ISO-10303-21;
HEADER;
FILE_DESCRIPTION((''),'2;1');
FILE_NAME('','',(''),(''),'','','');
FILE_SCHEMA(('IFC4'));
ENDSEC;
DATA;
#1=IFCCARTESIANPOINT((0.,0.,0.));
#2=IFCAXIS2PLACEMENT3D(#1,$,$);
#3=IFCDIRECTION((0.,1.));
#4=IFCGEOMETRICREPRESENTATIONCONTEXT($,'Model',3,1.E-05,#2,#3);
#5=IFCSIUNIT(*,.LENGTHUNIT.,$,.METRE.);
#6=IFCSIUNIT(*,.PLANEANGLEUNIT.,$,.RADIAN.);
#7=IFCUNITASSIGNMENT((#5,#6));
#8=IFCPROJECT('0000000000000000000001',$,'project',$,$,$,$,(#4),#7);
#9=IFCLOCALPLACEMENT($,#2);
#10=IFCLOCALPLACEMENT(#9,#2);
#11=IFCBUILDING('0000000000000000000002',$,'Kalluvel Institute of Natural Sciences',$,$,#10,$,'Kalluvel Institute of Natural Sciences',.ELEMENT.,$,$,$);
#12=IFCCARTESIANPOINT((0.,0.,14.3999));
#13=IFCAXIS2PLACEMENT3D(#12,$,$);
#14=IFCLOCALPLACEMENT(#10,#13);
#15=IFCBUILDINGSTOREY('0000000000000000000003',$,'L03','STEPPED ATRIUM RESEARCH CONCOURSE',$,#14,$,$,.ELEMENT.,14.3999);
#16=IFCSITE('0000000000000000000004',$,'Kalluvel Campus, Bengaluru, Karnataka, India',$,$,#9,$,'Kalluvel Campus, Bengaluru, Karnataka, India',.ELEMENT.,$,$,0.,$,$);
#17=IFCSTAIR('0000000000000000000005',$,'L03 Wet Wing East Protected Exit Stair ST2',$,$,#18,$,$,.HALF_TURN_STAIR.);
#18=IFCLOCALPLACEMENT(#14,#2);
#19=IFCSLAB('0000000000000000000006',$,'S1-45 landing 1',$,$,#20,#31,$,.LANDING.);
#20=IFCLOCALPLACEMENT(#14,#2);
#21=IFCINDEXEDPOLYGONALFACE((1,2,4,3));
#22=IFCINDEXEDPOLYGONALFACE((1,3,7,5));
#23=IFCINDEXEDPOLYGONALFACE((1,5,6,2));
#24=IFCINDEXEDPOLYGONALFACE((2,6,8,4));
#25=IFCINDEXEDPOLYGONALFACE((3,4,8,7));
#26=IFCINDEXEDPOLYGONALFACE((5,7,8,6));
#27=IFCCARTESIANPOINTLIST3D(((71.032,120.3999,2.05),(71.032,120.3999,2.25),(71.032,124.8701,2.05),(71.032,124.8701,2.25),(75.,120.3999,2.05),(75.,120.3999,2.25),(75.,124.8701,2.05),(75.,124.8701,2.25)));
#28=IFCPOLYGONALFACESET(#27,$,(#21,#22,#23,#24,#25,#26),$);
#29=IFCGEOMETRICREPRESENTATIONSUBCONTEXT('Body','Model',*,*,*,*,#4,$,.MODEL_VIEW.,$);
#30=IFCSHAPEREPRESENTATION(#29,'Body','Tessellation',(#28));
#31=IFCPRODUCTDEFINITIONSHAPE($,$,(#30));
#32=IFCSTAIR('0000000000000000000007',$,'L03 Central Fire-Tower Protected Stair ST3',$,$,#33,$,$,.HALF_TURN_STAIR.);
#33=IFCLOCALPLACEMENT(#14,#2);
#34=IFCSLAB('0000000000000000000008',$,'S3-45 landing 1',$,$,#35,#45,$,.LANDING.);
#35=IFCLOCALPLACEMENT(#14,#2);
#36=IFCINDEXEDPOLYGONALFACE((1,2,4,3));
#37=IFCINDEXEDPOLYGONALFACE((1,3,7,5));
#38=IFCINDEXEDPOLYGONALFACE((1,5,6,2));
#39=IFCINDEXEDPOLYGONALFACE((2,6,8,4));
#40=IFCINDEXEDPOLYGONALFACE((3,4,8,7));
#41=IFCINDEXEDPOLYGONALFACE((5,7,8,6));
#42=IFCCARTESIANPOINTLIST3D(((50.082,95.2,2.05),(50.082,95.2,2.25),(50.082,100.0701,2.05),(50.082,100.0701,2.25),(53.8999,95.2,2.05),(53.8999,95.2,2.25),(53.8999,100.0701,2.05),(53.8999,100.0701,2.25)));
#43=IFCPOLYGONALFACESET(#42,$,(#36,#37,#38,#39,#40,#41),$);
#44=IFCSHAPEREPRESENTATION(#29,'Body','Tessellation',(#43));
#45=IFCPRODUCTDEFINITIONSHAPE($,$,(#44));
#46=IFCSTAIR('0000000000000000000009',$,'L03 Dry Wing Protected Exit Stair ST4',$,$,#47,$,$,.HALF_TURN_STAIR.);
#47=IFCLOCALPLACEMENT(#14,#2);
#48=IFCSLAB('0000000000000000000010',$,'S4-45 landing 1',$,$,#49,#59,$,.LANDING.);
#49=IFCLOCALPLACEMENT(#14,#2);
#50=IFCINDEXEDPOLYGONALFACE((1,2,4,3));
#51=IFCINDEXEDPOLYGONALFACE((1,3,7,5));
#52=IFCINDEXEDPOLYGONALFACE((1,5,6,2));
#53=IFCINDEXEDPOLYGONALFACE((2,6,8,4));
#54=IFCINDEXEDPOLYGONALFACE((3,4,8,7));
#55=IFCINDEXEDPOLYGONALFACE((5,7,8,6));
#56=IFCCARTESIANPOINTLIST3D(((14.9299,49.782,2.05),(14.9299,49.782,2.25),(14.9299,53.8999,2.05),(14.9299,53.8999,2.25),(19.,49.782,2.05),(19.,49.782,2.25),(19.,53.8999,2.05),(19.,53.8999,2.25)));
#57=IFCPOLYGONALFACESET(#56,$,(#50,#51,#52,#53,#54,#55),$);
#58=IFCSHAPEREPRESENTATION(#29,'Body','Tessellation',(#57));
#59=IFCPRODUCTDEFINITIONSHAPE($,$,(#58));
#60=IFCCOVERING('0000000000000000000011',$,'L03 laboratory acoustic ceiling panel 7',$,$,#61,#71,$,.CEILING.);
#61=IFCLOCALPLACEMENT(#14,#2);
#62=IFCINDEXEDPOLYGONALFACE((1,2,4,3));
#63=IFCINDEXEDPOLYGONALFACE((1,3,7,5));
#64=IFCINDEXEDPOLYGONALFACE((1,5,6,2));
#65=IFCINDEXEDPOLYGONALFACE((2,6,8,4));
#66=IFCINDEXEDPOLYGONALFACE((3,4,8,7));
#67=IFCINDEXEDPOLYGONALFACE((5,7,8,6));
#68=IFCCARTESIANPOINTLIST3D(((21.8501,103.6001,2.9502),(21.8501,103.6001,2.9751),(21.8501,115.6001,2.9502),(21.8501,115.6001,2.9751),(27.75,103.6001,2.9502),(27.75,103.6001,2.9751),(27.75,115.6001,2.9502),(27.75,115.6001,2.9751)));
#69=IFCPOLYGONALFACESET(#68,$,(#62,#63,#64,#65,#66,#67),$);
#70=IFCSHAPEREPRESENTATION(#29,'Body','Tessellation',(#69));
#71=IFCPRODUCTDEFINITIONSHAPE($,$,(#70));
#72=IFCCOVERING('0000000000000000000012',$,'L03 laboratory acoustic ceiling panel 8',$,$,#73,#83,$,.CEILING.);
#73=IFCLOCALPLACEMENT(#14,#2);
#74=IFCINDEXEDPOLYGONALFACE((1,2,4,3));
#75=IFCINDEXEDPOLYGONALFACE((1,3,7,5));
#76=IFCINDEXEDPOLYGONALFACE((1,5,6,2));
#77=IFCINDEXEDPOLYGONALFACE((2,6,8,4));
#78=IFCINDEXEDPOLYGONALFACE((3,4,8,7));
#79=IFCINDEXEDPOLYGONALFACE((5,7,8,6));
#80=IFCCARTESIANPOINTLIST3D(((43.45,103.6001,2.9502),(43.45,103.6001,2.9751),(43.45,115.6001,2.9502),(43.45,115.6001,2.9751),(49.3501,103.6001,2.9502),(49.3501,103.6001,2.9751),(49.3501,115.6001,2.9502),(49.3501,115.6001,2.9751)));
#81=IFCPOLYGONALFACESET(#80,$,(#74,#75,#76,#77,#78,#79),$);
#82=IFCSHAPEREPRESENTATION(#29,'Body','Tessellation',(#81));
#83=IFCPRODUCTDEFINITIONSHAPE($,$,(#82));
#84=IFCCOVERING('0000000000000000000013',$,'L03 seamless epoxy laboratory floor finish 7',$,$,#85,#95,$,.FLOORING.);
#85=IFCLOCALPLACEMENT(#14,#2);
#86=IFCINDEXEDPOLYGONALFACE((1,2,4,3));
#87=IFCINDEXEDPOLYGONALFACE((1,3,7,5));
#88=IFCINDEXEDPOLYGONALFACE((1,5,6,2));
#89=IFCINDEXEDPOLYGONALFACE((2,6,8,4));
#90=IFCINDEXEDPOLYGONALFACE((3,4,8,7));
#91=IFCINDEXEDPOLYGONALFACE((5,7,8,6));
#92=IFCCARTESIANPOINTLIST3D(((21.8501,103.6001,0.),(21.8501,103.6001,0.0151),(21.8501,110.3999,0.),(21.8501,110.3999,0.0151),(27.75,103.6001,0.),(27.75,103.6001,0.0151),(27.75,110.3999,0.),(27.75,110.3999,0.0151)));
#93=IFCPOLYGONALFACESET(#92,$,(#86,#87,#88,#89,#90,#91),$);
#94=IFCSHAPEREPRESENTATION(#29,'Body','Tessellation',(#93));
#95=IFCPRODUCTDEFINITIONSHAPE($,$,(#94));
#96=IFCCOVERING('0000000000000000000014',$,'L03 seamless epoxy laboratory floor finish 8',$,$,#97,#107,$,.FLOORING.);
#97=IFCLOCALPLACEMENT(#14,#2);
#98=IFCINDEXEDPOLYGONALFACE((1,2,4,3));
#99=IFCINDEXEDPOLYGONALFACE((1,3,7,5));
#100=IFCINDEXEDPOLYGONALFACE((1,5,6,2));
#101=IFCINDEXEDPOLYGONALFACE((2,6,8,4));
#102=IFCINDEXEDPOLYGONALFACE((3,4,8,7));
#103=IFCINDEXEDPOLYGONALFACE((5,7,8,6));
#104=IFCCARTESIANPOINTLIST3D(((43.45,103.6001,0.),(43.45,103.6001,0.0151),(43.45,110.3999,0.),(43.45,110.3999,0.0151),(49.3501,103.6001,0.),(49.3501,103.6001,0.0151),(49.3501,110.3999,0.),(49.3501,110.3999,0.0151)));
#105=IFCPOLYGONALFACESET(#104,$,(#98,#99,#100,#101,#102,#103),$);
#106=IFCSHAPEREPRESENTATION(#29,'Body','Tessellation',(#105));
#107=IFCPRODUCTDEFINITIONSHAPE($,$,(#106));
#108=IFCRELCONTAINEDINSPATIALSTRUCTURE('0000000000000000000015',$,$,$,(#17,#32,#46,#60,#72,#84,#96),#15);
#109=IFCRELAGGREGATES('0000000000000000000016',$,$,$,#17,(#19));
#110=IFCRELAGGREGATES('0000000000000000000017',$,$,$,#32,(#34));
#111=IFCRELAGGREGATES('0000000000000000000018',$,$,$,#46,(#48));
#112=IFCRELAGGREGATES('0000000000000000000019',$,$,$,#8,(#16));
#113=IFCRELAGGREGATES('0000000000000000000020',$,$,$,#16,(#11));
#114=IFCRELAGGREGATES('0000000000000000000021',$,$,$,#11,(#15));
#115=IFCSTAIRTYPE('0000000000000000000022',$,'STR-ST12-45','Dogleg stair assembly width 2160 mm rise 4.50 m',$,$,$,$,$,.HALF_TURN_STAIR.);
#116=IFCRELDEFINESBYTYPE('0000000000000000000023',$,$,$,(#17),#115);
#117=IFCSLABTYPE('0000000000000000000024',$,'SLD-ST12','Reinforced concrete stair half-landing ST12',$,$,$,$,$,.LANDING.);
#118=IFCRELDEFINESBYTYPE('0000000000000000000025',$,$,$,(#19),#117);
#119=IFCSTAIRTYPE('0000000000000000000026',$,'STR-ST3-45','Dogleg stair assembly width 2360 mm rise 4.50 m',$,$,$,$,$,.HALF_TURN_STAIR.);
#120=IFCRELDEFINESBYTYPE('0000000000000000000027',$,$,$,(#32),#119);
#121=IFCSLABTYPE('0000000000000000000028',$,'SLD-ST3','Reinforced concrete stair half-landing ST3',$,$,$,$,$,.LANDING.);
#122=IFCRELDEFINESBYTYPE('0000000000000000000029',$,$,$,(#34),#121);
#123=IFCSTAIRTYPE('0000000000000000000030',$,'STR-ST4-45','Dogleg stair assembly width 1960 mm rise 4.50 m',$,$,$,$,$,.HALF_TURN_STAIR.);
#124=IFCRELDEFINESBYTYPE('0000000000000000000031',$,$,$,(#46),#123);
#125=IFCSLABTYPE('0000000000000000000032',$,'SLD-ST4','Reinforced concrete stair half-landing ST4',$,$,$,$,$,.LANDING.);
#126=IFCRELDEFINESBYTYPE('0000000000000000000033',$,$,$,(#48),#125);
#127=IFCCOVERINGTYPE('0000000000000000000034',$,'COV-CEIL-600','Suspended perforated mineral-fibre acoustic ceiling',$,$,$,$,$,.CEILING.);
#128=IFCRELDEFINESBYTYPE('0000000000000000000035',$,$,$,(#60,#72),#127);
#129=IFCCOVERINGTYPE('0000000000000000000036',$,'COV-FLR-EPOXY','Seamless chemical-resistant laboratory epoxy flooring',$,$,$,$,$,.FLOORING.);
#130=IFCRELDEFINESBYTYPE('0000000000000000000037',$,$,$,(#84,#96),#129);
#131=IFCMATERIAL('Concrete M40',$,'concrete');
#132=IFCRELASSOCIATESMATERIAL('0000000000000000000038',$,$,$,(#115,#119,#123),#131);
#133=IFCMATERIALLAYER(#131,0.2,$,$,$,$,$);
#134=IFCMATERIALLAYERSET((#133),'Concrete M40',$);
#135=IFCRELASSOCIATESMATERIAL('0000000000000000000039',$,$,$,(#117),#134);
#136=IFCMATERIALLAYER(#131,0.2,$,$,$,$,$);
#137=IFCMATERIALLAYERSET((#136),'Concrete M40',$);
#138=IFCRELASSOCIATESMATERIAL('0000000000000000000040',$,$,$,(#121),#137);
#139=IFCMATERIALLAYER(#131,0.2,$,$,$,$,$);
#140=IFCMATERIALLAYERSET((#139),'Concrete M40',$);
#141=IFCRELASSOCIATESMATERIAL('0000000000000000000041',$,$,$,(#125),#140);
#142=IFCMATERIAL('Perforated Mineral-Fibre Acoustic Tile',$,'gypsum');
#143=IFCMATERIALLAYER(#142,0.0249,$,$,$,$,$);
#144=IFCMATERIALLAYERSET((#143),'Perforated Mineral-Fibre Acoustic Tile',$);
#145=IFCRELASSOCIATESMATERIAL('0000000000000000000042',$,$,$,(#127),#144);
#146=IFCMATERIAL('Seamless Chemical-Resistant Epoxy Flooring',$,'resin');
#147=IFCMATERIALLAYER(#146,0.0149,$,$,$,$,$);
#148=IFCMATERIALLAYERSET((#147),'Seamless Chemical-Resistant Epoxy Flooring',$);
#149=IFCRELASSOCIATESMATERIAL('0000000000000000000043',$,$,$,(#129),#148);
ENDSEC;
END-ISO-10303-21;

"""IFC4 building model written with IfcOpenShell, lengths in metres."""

from ifc_helpers import new_model, si_unit, direction, frame, origin, place, context, subcontext, project, spatial, polyline, outline, extrude, material, layer, layer_set, type_object, element, aggregate, save


model = new_model("IFC4")

# Units and contexts
model_context = context("Model", 3, precision=1e-05, world=origin(), true_north=direction((0.0, 1.0)))
body_context = subcontext(model_context, "Body", "Model", "MODEL_VIEW")
ifc_project = project(units=[si_unit("LENGTHUNIT", "METRE"), si_unit("PLANEANGLEUNIT", "RADIAN")], contexts=[model_context])

# Site, building, storey
site_placement = place(None, origin())
site = spatial("IfcSite", under=ifc_project, at=site_placement, Name="Kalluvel Campus, Bengaluru, Karnataka, India", LongName="Kalluvel Campus, Bengaluru, Karnataka, India", CompositionType="ELEMENT", RefElevation=0.0)
building_placement = place(site_placement, origin())
building = spatial("IfcBuilding", under=site, at=building_placement, Name="Kalluvel Institute of Natural Sciences", LongName="Kalluvel Institute of Natural Sciences", CompositionType="ELEMENT")
storey_placement = place(building_placement, frame((0.0, 0.0, 14.3999)))
storey = spatial("IfcBuildingStorey", under=building, at=storey_placement, Name="L03", Description="STEPPED ATRIUM RESEARCH CONCOURSE", CompositionType="ELEMENT", Elevation=14.3999)

# Shared definitions
ifc_material_1 = material(Name="Concrete M40", Category="concrete")

# Stairs, slabs
stair_type_1 = type_object("IfcStairType", Name="STR-ST12-45", Description="Dogleg stair assembly width 2160 mm rise 4.50 m", PredefinedType="HALF_TURN_STAIR", material=ifc_material_1)
ifc_layer_1 = layer(ifc_material_1, 0.2)
ifc_layer_set_1 = layer_set([ifc_layer_1], Name="Concrete M40")
slab_type_1 = type_object("IfcSlabType", Name="SLD-ST12", Description="Reinforced concrete stair half-landing ST12", PredefinedType="LANDING", material=ifc_layer_set_1)
stair_1_placement = place(storey_placement, origin())
stair_1 = element("IfcStair", 1, at=stair_1_placement, inside=storey, type_object=stair_type_1, Name="L03 Wet Wing East Protected Exit Stair ST2", PredefinedType="HALF_TURN_STAIR")
slab_1_placement = place(storey_placement, frame((0.0, 0.0, 2.05)))
slab_1 = element("IfcSlab", 2, at=slab_1_placement, type_object=slab_type_1, Name="S1-45 landing 1", PredefinedType="LANDING", context=body_context, shape_type="SweptSolid", body=[
    extrude(outline(polyline([(71.032, 120.3999), (75.0, 120.3999), (75.0, 124.8701), (71.032, 124.8701), (71.032, 120.3999)])), origin(), (0.0, 0.0, 1.0), 0.2),
])
aggregate(stair_1, [slab_1])
stair_type_2 = type_object("IfcStairType", Name="STR-ST3-45", Description="Dogleg stair assembly width 2360 mm rise 4.50 m", PredefinedType="HALF_TURN_STAIR", material=ifc_material_1)
stair_2_placement = place(storey_placement, origin())
stair_2 = element("IfcStair", 3, at=stair_2_placement, inside=storey, type_object=stair_type_2, Name="L03 Central Fire-Tower Protected Stair ST3", PredefinedType="HALF_TURN_STAIR")
ifc_layer_2 = layer(ifc_material_1, 0.2)
ifc_layer_set_2 = layer_set([ifc_layer_2], Name="Concrete M40")
slab_type_2 = type_object("IfcSlabType", Name="SLD-ST3", Description="Reinforced concrete stair half-landing ST3", PredefinedType="LANDING", material=ifc_layer_set_2)
slab_2_placement = place(storey_placement, frame((0.0, 0.0, 2.05)))
slab_2 = element("IfcSlab", 4, at=slab_2_placement, type_object=slab_type_2, Name="S3-45 landing 1", PredefinedType="LANDING", context=body_context, shape_type="SweptSolid", body=[
    extrude(outline(polyline([(50.082, 95.2), (53.8999, 95.2), (53.8999, 100.0701), (50.082, 100.0701), (50.082, 95.2)])), origin(), (0.0, 0.0, 1.0), 0.2),
])
aggregate(stair_2, [slab_2])
stair_type_3 = type_object("IfcStairType", Name="STR-ST4-45", Description="Dogleg stair assembly width 1960 mm rise 4.50 m", PredefinedType="HALF_TURN_STAIR", material=ifc_material_1)
stair_3_placement = place(storey_placement, origin())
stair_3 = element("IfcStair", 5, at=stair_3_placement, inside=storey, type_object=stair_type_3, Name="L03 Dry Wing Protected Exit Stair ST4", PredefinedType="HALF_TURN_STAIR")
ifc_layer_3 = layer(ifc_material_1, 0.2)
ifc_layer_set_3 = layer_set([ifc_layer_3], Name="Concrete M40")
slab_type_3 = type_object("IfcSlabType", Name="SLD-ST4", Description="Reinforced concrete stair half-landing ST4", PredefinedType="LANDING", material=ifc_layer_set_3)
slab_3_placement = place(storey_placement, frame((0.0, 0.0, 2.05)))
slab_3 = element("IfcSlab", 6, at=slab_3_placement, type_object=slab_type_3, Name="S4-45 landing 1", PredefinedType="LANDING", context=body_context, shape_type="SweptSolid", body=[
    extrude(outline(polyline([(19.0, 49.782), (19.0, 53.8999), (14.9299, 53.8999), (14.9299, 49.782), (19.0, 49.782)])), origin(), (0.0, 0.0, 1.0), 0.2),
])
aggregate(stair_3, [slab_3])

# Coverings
ifc_material_2 = material(Name="Perforated Mineral-Fibre Acoustic Tile", Category="gypsum")
ifc_layer_4 = layer(ifc_material_2, 0.0249)
ifc_layer_set_4 = layer_set([ifc_layer_4], Name="Perforated Mineral-Fibre Acoustic Tile")
covering_type_1 = type_object("IfcCoveringType", Name="COV-CEIL-600", Description="Suspended perforated mineral-fibre acoustic ceiling", PredefinedType="CEILING", material=ifc_layer_set_4)
covering_1_placement = place(storey_placement, frame((0.0, 0.0, 2.9502)))
element("IfcCovering", 7, at=covering_1_placement, inside=storey, type_object=covering_type_1, Name="L03 laboratory acoustic ceiling panel 7", PredefinedType="CEILING", context=body_context, shape_type="SweptSolid", body=[
    extrude(outline(polyline([(21.8501, 103.6001), (27.75, 103.6001), (27.75, 115.6001), (21.8501, 115.6001), (21.8501, 103.6001)])), origin(), (0.0, 0.0, 1.0), 0.0249),
])
covering_2_placement = place(storey_placement, frame((0.0, 0.0, 2.9502)))
element("IfcCovering", 8, at=covering_2_placement, inside=storey, type_object=covering_type_1, Name="L03 laboratory acoustic ceiling panel 8", PredefinedType="CEILING", context=body_context, shape_type="SweptSolid", body=[
    extrude(outline(polyline([(43.45, 103.6001), (49.3501, 103.6001), (49.3501, 115.6001), (43.45, 115.6001), (43.45, 103.6001)])), origin(), (0.0, 0.0, 1.0), 0.0249),
])
ifc_material_3 = material(Name="Seamless Chemical-Resistant Epoxy Flooring", Category="resin")
ifc_layer_5 = layer(ifc_material_3, 0.0149)
ifc_layer_set_5 = layer_set([ifc_layer_5], Name="Seamless Chemical-Resistant Epoxy Flooring")
covering_type_2 = type_object("IfcCoveringType", Name="COV-FLR-EPOXY", Description="Seamless chemical-resistant laboratory epoxy flooring", PredefinedType="FLOORING", material=ifc_layer_set_5)
covering_3_placement = place(storey_placement, origin())
element("IfcCovering", 9, at=covering_3_placement, inside=storey, type_object=covering_type_2, Name="L03 seamless epoxy laboratory floor finish 7", PredefinedType="FLOORING", context=body_context, shape_type="SweptSolid", body=[
    extrude(outline(polyline([(21.8501, 103.6001), (27.75, 103.6001), (27.75, 110.3999), (21.8501, 110.3999), (21.8501, 103.6001)])), origin(), (0.0, 0.0, 1.0), 0.0151),
])
covering_4_placement = place(storey_placement, origin())
element("IfcCovering", 10, at=covering_4_placement, inside=storey, type_object=covering_type_2, Name="L03 seamless epoxy laboratory floor finish 8", PredefinedType="FLOORING", context=body_context, shape_type="SweptSolid", body=[
    extrude(outline(polyline([(43.45, 103.6001), (49.3501, 103.6001), (49.3501, 110.3999), (43.45, 110.3999), (43.45, 103.6001)])), origin(), (0.0, 0.0, 1.0), 0.0151),
])

save(model, "model.ifc")
